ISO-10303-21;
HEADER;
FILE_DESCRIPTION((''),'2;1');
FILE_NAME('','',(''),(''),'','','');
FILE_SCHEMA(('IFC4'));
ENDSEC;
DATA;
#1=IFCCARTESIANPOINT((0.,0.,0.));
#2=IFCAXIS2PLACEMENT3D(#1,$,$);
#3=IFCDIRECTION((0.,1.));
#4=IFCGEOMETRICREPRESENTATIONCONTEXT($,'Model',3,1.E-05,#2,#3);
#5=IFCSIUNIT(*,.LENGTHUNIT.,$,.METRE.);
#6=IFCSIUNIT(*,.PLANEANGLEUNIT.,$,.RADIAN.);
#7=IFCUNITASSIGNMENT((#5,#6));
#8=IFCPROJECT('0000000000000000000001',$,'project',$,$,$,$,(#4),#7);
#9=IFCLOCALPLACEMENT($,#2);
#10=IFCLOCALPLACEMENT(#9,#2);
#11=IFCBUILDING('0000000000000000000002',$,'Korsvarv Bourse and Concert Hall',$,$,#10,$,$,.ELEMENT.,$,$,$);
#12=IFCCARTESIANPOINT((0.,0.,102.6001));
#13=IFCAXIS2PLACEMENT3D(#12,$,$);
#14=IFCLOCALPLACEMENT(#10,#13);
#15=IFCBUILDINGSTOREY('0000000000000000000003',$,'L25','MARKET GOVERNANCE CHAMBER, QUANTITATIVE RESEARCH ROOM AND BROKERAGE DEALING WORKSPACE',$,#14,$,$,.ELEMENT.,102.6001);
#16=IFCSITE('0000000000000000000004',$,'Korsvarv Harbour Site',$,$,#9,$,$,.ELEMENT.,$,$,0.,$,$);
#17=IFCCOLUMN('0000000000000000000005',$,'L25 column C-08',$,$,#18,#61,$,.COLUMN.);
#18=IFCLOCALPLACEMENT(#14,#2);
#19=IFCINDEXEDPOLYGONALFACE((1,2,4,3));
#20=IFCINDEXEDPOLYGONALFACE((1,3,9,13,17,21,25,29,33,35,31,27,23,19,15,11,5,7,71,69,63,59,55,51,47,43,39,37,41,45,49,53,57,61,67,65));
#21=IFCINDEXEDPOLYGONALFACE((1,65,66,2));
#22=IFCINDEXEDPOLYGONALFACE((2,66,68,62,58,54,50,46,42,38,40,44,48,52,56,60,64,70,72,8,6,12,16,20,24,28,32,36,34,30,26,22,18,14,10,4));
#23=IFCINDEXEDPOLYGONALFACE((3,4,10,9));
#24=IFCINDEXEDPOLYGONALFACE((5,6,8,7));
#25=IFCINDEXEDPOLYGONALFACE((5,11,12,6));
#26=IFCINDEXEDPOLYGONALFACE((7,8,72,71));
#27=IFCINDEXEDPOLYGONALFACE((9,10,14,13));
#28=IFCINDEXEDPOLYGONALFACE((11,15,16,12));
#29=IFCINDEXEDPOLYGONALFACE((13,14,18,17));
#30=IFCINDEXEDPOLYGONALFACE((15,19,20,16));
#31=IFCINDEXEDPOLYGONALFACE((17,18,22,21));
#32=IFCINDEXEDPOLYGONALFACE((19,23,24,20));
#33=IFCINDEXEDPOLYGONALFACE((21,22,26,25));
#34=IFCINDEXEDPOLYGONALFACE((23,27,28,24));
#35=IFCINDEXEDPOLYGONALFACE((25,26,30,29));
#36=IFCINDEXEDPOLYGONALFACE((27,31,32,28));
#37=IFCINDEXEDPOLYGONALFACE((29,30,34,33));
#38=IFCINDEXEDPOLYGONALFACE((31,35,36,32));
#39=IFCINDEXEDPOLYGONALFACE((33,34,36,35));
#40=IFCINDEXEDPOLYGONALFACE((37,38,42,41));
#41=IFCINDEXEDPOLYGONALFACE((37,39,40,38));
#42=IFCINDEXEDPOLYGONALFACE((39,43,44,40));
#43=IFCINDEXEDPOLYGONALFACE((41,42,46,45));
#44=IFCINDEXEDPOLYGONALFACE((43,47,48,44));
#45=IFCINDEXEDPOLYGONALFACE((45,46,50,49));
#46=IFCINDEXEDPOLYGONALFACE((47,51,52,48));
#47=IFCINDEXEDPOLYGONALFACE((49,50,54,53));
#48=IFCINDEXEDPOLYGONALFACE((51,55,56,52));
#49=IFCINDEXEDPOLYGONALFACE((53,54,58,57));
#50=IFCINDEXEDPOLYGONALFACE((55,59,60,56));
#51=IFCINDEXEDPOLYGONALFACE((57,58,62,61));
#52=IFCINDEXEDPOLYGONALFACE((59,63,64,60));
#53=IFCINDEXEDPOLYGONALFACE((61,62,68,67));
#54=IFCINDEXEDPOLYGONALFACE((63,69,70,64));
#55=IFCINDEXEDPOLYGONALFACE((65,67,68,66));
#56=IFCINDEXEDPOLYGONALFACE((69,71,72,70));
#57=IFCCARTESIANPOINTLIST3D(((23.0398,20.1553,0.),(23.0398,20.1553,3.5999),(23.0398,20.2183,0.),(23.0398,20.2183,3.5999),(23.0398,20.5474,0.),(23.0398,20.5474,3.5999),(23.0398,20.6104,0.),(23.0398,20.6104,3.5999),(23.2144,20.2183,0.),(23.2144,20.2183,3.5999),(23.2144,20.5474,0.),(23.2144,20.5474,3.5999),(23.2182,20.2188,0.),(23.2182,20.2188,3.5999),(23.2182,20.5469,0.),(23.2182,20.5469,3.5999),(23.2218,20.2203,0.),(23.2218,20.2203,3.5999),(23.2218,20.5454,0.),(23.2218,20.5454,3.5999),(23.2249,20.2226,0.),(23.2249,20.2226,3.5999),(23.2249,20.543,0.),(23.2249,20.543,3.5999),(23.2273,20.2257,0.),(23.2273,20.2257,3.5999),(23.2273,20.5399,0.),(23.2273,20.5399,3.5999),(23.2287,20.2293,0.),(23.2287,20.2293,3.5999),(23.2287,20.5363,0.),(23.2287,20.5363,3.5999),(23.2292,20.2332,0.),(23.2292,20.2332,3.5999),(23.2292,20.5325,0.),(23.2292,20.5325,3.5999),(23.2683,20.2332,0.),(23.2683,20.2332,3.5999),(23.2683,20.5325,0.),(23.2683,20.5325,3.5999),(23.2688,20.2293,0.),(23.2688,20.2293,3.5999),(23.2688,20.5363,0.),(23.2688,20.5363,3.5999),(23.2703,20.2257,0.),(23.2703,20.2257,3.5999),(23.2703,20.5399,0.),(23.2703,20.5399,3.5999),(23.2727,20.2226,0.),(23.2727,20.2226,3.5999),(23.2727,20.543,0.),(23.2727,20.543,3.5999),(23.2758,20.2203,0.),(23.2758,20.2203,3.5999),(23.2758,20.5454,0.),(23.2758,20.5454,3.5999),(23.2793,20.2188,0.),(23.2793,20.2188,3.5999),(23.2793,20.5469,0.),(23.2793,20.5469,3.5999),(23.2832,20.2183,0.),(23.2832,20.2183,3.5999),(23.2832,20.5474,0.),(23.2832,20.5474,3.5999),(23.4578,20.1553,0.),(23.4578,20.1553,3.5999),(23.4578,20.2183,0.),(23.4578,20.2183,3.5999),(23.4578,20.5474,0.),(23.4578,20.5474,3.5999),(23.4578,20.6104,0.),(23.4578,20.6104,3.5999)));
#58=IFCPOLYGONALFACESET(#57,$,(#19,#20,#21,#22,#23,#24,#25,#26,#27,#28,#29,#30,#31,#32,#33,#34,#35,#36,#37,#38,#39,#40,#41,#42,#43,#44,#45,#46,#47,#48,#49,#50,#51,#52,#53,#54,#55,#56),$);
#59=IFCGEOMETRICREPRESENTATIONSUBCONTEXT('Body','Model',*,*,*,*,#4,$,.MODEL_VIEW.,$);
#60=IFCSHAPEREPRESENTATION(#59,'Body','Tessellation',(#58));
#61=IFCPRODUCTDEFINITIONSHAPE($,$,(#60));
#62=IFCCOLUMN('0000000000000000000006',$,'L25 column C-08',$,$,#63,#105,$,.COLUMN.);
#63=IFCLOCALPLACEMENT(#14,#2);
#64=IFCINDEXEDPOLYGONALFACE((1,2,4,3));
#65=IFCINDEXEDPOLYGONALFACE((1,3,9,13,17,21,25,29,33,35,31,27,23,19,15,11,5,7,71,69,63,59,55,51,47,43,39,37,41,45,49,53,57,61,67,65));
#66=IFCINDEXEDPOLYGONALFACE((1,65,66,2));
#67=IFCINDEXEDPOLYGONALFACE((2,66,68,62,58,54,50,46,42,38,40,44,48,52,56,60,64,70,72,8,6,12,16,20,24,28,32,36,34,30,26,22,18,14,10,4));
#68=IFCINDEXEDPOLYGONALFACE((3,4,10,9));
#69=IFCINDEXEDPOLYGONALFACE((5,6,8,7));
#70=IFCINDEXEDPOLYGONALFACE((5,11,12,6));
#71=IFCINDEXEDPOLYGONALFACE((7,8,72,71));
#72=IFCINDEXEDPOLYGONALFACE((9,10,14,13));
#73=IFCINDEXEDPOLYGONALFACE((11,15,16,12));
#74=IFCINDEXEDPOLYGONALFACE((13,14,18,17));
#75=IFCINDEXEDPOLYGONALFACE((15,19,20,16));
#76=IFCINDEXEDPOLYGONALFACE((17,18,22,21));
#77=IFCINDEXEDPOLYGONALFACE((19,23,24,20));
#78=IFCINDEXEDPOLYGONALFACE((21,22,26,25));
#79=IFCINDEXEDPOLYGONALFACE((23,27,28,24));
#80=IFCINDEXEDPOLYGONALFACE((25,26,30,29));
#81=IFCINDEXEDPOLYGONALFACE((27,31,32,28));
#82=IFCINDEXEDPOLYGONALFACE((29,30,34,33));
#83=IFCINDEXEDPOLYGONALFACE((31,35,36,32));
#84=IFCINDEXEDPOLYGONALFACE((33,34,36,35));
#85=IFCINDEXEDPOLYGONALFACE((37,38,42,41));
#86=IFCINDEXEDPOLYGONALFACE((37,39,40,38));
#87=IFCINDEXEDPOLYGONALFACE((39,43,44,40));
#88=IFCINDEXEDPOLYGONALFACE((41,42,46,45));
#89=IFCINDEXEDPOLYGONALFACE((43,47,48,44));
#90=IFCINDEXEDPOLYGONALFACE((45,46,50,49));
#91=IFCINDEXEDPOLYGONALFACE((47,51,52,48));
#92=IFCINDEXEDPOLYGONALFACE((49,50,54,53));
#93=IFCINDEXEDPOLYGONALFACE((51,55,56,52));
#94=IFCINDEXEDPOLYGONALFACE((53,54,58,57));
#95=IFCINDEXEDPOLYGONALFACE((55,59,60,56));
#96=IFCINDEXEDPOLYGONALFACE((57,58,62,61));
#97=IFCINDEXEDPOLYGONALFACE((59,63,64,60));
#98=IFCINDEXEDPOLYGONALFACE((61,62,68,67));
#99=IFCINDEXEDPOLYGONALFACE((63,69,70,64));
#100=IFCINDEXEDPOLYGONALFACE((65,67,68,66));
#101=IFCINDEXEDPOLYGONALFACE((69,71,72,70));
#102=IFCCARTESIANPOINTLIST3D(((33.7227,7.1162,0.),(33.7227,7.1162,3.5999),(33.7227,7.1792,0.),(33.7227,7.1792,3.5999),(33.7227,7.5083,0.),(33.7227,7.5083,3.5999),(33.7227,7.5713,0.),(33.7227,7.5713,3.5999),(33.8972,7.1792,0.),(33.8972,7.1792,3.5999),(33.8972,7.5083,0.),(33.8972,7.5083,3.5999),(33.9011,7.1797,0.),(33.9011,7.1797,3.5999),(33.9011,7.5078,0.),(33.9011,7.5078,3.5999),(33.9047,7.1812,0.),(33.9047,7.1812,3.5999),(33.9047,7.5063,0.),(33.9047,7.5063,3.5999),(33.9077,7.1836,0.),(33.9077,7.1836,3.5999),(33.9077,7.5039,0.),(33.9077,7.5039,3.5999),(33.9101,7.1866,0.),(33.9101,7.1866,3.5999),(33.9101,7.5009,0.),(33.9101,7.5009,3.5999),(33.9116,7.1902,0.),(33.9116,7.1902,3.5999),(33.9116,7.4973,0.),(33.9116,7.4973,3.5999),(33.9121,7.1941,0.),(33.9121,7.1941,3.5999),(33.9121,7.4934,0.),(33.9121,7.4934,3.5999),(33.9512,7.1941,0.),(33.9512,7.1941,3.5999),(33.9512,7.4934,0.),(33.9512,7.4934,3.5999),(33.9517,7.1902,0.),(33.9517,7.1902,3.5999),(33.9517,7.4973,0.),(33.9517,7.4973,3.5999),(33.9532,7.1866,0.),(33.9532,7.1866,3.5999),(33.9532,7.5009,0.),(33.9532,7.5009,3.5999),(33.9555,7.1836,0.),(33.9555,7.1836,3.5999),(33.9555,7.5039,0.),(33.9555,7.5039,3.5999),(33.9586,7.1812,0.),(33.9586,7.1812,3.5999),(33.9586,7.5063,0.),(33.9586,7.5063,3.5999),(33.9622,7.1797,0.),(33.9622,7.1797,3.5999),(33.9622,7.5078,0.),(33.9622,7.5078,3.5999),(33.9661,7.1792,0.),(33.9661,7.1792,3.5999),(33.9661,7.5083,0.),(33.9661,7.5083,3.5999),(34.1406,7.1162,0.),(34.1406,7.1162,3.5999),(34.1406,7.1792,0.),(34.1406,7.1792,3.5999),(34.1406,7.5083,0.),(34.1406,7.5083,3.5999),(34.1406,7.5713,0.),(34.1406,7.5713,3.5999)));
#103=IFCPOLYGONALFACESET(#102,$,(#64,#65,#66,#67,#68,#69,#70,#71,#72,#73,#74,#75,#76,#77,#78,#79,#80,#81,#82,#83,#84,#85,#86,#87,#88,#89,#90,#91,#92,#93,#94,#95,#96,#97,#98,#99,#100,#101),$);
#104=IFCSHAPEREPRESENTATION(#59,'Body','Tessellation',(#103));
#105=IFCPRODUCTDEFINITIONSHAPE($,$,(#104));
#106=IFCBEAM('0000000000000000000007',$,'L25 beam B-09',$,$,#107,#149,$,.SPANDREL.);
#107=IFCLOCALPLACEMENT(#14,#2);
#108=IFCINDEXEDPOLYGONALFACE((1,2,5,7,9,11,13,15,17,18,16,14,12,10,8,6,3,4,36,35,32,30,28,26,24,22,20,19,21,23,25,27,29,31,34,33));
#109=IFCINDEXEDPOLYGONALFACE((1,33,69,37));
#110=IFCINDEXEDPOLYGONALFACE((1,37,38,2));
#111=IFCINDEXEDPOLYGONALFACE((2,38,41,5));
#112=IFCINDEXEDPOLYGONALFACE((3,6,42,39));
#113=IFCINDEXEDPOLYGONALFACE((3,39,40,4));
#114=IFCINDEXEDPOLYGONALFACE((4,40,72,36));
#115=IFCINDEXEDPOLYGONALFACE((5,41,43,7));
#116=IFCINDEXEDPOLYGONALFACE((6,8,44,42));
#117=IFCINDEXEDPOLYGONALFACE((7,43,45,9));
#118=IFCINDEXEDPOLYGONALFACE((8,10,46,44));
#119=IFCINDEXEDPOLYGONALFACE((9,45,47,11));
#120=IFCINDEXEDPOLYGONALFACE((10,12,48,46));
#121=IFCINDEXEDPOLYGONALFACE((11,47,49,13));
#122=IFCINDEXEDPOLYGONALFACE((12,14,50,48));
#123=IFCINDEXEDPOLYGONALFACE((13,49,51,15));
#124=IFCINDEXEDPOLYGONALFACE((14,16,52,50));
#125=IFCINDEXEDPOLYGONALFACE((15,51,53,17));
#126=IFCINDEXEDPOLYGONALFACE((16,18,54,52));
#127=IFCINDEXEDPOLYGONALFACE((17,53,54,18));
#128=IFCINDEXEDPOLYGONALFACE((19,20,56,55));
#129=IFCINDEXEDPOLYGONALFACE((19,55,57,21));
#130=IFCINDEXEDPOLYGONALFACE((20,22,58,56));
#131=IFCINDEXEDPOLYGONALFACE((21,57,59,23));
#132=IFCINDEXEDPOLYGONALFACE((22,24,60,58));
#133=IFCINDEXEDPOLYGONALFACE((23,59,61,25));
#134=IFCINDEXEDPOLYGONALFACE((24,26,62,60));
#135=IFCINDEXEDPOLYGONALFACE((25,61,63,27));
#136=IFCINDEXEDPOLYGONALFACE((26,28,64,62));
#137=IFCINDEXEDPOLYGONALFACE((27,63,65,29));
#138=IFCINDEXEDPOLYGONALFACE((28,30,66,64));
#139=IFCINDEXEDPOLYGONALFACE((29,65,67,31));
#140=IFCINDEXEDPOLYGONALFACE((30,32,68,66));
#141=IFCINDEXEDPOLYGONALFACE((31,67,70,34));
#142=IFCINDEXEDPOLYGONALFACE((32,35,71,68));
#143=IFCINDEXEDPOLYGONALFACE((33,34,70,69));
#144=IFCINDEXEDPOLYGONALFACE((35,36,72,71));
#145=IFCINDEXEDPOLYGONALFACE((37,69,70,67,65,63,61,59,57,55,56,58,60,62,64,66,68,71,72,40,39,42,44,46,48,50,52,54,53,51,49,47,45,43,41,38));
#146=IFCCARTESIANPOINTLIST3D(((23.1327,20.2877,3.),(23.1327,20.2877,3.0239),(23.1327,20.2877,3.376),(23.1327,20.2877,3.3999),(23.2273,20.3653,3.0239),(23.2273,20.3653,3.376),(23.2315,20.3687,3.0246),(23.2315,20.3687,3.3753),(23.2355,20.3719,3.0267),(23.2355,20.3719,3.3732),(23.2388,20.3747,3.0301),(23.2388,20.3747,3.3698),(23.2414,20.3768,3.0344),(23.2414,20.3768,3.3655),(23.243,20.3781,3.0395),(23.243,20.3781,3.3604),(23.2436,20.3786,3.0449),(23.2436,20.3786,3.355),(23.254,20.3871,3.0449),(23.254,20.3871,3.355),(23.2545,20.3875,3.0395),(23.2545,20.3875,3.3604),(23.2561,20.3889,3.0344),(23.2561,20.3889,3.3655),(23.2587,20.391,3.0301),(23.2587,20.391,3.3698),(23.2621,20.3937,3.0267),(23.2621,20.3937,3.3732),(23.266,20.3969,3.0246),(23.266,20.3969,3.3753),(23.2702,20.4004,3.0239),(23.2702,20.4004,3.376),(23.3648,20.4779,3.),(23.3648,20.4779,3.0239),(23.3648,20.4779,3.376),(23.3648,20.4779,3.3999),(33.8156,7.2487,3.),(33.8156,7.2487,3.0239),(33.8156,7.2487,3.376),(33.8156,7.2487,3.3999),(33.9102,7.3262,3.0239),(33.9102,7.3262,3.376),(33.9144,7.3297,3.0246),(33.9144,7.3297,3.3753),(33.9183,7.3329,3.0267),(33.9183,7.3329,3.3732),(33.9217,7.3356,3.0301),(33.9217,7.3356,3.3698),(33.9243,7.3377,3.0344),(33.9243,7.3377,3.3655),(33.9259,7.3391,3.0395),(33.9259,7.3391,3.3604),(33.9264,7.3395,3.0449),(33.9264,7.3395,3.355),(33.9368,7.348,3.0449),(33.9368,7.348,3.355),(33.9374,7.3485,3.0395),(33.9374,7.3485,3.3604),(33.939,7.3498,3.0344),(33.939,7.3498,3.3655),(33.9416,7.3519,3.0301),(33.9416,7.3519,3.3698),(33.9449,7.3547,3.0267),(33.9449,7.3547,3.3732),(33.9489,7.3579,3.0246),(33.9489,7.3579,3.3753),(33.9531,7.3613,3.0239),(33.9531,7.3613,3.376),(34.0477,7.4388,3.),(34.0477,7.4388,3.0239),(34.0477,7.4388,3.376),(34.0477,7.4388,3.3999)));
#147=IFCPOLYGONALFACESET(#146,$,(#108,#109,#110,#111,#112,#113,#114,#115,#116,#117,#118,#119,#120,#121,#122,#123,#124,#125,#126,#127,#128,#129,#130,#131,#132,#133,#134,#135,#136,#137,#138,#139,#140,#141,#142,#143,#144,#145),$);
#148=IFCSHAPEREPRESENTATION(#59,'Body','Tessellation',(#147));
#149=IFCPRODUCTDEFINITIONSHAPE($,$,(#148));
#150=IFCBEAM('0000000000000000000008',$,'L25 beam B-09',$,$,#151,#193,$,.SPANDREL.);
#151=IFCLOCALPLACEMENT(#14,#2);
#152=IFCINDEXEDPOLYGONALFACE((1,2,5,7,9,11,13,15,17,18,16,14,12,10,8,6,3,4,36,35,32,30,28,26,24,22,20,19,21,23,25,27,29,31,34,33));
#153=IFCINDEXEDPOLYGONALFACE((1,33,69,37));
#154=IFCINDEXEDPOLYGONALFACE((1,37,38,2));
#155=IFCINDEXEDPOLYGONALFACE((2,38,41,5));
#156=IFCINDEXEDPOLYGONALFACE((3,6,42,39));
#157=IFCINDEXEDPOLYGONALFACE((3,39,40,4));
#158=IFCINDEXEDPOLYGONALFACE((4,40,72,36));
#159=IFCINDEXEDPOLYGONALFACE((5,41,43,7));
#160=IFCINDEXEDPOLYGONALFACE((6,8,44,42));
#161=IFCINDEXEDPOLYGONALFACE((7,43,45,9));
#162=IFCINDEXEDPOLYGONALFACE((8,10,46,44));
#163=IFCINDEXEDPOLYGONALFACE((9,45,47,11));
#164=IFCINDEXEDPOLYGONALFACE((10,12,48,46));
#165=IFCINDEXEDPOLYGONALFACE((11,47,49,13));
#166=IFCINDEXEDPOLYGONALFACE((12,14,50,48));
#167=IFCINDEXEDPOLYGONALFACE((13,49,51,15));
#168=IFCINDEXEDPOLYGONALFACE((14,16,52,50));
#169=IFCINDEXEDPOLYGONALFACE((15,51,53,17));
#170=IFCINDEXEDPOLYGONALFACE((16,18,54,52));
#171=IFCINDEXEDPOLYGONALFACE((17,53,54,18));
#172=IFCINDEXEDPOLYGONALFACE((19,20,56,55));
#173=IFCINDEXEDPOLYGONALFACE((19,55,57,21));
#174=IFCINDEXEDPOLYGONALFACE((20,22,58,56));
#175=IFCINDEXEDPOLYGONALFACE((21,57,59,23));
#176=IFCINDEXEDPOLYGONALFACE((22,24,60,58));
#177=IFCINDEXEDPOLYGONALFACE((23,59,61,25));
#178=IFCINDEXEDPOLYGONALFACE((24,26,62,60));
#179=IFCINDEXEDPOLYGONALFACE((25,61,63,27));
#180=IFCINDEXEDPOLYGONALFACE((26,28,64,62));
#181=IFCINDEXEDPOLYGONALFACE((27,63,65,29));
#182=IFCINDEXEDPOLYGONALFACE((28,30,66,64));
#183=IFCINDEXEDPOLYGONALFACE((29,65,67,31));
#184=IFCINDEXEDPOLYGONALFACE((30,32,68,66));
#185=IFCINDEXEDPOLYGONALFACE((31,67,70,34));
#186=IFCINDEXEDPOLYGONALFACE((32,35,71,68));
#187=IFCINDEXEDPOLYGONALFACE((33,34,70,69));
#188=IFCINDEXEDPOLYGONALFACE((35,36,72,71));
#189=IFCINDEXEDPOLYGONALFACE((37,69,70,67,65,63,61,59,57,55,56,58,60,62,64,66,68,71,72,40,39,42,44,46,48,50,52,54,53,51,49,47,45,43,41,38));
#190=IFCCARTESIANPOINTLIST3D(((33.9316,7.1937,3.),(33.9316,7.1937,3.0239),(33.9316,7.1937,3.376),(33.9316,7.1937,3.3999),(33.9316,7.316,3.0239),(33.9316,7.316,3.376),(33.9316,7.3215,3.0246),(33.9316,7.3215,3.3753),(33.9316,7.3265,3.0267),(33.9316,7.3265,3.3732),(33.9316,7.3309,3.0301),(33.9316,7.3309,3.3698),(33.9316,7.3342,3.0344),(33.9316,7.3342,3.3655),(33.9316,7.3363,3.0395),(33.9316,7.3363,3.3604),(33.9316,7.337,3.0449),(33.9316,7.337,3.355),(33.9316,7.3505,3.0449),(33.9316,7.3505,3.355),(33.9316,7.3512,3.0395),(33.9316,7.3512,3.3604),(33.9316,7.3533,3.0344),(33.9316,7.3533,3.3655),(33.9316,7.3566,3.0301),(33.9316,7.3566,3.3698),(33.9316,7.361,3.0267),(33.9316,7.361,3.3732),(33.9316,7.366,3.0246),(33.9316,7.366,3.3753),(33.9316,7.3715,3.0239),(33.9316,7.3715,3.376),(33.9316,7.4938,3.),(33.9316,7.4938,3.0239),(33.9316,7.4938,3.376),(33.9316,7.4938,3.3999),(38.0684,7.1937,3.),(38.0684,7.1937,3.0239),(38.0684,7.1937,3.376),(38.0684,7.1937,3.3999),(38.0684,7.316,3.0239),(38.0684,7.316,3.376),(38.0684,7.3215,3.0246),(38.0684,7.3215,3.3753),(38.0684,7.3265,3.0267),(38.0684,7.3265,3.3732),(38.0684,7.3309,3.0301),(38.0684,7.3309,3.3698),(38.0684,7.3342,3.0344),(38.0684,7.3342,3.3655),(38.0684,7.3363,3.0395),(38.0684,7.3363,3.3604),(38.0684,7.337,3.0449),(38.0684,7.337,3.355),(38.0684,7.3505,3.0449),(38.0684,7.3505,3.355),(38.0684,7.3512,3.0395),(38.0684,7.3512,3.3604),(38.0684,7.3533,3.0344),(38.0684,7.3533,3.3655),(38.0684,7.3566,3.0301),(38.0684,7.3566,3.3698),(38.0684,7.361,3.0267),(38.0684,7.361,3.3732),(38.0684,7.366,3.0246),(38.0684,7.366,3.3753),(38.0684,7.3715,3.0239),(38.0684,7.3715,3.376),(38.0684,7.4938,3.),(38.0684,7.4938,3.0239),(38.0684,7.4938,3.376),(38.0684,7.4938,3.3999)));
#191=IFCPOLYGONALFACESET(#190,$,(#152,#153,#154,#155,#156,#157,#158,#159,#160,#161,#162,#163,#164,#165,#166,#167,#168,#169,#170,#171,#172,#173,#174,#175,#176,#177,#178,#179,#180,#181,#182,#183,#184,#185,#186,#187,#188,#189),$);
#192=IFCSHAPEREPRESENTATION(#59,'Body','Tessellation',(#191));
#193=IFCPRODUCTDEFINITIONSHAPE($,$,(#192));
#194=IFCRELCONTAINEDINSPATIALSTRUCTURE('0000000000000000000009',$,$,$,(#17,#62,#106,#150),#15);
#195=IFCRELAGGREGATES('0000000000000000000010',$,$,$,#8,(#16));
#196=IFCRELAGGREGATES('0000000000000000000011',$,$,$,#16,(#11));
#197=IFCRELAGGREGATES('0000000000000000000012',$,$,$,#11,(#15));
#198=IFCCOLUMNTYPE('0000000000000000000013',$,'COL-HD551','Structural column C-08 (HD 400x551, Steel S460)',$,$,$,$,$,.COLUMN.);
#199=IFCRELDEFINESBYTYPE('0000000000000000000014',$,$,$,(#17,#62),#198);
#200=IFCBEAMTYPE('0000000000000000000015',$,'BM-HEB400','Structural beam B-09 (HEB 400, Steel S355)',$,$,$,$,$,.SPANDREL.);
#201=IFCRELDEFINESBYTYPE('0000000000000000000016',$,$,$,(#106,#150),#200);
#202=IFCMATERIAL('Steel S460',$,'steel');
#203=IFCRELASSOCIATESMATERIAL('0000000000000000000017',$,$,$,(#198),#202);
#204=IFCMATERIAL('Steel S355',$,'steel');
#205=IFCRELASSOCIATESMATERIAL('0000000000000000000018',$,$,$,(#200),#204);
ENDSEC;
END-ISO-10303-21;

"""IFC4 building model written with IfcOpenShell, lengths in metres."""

from ifc_helpers import new_model, si_unit, direction, frame, origin, origin_2d, place, context, subcontext, project, spatial, i_section, extrude, source, transform, mapped, material, material_profile, profile_set, type_object, element, save


model = new_model("IFC4")

# Units and contexts
model_context = context("Model", 3, precision=1e-05, world=origin(), true_north=direction((0.0, 1.0)))
body_context = subcontext(model_context, "Body", "Model", "MODEL_VIEW")
ifc_project = project(units=[si_unit("LENGTHUNIT", "METRE"), si_unit("PLANEANGLEUNIT", "RADIAN")], contexts=[model_context])

# Site, building, storey
site_placement = place(None, origin())
site = spatial("IfcSite", under=ifc_project, at=site_placement, Name="Korsvarv Harbour Site", CompositionType="ELEMENT", RefElevation=0.0)
building_placement = place(site_placement, origin())
building = spatial("IfcBuilding", under=site, at=building_placement, Name="Korsvarv Bourse and Concert Hall", CompositionType="ELEMENT")
storey_placement = place(building_placement, frame((0.0, 0.0, 102.6001)))
storey = spatial("IfcBuildingStorey", under=building, at=storey_placement, Name="L25", Description="MARKET GOVERNANCE CHAMBER, QUANTITATIVE RESEARCH ROOM AND BROKERAGE DEALING WORKSPACE", CompositionType="ELEMENT", Elevation=102.6001)

# Columns
ifc_material_1 = material(Name="Steel S460", Category="steel")
ifc_material_profile_1 = material_profile(ifc_material_1, i_section(OverallWidth=0.418, OverallDepth=0.4551, WebThickness=0.0391, FlangeThickness=0.063, FilletRadius=0.0149, at=origin_2d()), Name="HD 400x551")
ifc_profile_set_1 = profile_set([ifc_material_profile_1], Name="Steel S460")
column_type = type_object("IfcColumnType", Name="COL-HD551", Description="Structural column C-08 (HD 400x551, Steel S460)", PredefinedType="COLUMN", material=ifc_profile_set_1)
shared_shape_1 = source(origin(), body_context, "Body", "SweptSolid", [
    extrude(i_section(OverallWidth=0.418, OverallDepth=0.4551, WebThickness=0.0391, FlangeThickness=0.063, FilletRadius=0.0149, at=origin_2d()), origin(), (0.0, 0.0, 1.0), 3.5999),
])
for number, where, z_axis, x_axis, name in (
    (1, (23.2488, 20.3828, 0.0), (0.0, 0.0, 1.0), (1.0, 0.0, 0.0), "L25 column C-08"),
    (2, (33.9316, 7.3438, 0.0), (0.0, 0.0, 1.0), (1.0, 0.0, 0.0), "L25 column C-08"),
):
    element("IfcColumn", number, at=place(storey_placement, frame(where, z_axis=z_axis, x_axis=x_axis)), inside=storey, type_object=column_type, Name=name, PredefinedType="COLUMN", context=body_context, shape_type="MappedRepresentation", body=[
        mapped(shared_shape_1, transform((0.0, 0.0, 0.0), scale=1.0)),
    ])

# Beams
ifc_material_2 = material(Name="Steel S355", Category="steel")
ifc_material_profile_2 = material_profile(ifc_material_2, i_section(OverallWidth=0.3, OverallDepth=0.3999, WebThickness=0.0134, FlangeThickness=0.0239, FilletRadius=0.021, at=origin_2d()), Name="HEB 400")
ifc_profile_set_2 = profile_set([ifc_material_profile_2], Name="Steel S355")
beam_type_1 = type_object("IfcBeamType", Name="BM-HEB400", Description="Structural beam B-09 (HEB 400, Steel S355)", PredefinedType="SPANDREL", material=ifc_profile_set_2)
shared_shape_2 = source(origin(), body_context, "Body", "SweptSolid", [
    extrude(i_section(OverallWidth=0.3, OverallDepth=0.3999, WebThickness=0.0134, FlangeThickness=0.0239, FilletRadius=0.021, at=origin_2d()), origin(), (0.0, 0.0, 1.0), 16.8564),
])
beam_1_placement = place(storey_placement, frame((23.2488, 20.3828, 3.2), z_axis=(0.633754, -0.773534, 0.0), x_axis=(0.773534, 0.633754, 0.0)))
element("IfcBeam", 3, at=beam_1_placement, inside=storey, type_object=beam_type_1, Name="L25 beam B-09", PredefinedType="SPANDREL", context=body_context, shape_type="MappedRepresentation", body=[
    mapped(shared_shape_2, transform((0.0, 0.0, 0.0), scale=1.0)),
])
shared_shape_3 = source(origin(), body_context, "Body", "SweptSolid", [
    extrude(i_section(OverallWidth=0.3, OverallDepth=0.3999, WebThickness=0.0134, FlangeThickness=0.0239, FilletRadius=0.021, at=origin_2d()), origin(), (0.0, 0.0, 1.0), 4.1367),
])
beam_2_placement = place(storey_placement, frame((33.9316, 7.3438, 3.2), z_axis=(1.0, 0.0, 0.0), x_axis=(0.0, 1.0, 0.0)))
element("IfcBeam", 4, at=beam_2_placement, inside=storey, type_object=beam_type_1, Name="L25 beam B-09", PredefinedType="SPANDREL", context=body_context, shape_type="MappedRepresentation", body=[
    mapped(shared_shape_3, transform((0.0, 0.0, 0.0), scale=1.0)),
])

save(model, "model.ifc")
